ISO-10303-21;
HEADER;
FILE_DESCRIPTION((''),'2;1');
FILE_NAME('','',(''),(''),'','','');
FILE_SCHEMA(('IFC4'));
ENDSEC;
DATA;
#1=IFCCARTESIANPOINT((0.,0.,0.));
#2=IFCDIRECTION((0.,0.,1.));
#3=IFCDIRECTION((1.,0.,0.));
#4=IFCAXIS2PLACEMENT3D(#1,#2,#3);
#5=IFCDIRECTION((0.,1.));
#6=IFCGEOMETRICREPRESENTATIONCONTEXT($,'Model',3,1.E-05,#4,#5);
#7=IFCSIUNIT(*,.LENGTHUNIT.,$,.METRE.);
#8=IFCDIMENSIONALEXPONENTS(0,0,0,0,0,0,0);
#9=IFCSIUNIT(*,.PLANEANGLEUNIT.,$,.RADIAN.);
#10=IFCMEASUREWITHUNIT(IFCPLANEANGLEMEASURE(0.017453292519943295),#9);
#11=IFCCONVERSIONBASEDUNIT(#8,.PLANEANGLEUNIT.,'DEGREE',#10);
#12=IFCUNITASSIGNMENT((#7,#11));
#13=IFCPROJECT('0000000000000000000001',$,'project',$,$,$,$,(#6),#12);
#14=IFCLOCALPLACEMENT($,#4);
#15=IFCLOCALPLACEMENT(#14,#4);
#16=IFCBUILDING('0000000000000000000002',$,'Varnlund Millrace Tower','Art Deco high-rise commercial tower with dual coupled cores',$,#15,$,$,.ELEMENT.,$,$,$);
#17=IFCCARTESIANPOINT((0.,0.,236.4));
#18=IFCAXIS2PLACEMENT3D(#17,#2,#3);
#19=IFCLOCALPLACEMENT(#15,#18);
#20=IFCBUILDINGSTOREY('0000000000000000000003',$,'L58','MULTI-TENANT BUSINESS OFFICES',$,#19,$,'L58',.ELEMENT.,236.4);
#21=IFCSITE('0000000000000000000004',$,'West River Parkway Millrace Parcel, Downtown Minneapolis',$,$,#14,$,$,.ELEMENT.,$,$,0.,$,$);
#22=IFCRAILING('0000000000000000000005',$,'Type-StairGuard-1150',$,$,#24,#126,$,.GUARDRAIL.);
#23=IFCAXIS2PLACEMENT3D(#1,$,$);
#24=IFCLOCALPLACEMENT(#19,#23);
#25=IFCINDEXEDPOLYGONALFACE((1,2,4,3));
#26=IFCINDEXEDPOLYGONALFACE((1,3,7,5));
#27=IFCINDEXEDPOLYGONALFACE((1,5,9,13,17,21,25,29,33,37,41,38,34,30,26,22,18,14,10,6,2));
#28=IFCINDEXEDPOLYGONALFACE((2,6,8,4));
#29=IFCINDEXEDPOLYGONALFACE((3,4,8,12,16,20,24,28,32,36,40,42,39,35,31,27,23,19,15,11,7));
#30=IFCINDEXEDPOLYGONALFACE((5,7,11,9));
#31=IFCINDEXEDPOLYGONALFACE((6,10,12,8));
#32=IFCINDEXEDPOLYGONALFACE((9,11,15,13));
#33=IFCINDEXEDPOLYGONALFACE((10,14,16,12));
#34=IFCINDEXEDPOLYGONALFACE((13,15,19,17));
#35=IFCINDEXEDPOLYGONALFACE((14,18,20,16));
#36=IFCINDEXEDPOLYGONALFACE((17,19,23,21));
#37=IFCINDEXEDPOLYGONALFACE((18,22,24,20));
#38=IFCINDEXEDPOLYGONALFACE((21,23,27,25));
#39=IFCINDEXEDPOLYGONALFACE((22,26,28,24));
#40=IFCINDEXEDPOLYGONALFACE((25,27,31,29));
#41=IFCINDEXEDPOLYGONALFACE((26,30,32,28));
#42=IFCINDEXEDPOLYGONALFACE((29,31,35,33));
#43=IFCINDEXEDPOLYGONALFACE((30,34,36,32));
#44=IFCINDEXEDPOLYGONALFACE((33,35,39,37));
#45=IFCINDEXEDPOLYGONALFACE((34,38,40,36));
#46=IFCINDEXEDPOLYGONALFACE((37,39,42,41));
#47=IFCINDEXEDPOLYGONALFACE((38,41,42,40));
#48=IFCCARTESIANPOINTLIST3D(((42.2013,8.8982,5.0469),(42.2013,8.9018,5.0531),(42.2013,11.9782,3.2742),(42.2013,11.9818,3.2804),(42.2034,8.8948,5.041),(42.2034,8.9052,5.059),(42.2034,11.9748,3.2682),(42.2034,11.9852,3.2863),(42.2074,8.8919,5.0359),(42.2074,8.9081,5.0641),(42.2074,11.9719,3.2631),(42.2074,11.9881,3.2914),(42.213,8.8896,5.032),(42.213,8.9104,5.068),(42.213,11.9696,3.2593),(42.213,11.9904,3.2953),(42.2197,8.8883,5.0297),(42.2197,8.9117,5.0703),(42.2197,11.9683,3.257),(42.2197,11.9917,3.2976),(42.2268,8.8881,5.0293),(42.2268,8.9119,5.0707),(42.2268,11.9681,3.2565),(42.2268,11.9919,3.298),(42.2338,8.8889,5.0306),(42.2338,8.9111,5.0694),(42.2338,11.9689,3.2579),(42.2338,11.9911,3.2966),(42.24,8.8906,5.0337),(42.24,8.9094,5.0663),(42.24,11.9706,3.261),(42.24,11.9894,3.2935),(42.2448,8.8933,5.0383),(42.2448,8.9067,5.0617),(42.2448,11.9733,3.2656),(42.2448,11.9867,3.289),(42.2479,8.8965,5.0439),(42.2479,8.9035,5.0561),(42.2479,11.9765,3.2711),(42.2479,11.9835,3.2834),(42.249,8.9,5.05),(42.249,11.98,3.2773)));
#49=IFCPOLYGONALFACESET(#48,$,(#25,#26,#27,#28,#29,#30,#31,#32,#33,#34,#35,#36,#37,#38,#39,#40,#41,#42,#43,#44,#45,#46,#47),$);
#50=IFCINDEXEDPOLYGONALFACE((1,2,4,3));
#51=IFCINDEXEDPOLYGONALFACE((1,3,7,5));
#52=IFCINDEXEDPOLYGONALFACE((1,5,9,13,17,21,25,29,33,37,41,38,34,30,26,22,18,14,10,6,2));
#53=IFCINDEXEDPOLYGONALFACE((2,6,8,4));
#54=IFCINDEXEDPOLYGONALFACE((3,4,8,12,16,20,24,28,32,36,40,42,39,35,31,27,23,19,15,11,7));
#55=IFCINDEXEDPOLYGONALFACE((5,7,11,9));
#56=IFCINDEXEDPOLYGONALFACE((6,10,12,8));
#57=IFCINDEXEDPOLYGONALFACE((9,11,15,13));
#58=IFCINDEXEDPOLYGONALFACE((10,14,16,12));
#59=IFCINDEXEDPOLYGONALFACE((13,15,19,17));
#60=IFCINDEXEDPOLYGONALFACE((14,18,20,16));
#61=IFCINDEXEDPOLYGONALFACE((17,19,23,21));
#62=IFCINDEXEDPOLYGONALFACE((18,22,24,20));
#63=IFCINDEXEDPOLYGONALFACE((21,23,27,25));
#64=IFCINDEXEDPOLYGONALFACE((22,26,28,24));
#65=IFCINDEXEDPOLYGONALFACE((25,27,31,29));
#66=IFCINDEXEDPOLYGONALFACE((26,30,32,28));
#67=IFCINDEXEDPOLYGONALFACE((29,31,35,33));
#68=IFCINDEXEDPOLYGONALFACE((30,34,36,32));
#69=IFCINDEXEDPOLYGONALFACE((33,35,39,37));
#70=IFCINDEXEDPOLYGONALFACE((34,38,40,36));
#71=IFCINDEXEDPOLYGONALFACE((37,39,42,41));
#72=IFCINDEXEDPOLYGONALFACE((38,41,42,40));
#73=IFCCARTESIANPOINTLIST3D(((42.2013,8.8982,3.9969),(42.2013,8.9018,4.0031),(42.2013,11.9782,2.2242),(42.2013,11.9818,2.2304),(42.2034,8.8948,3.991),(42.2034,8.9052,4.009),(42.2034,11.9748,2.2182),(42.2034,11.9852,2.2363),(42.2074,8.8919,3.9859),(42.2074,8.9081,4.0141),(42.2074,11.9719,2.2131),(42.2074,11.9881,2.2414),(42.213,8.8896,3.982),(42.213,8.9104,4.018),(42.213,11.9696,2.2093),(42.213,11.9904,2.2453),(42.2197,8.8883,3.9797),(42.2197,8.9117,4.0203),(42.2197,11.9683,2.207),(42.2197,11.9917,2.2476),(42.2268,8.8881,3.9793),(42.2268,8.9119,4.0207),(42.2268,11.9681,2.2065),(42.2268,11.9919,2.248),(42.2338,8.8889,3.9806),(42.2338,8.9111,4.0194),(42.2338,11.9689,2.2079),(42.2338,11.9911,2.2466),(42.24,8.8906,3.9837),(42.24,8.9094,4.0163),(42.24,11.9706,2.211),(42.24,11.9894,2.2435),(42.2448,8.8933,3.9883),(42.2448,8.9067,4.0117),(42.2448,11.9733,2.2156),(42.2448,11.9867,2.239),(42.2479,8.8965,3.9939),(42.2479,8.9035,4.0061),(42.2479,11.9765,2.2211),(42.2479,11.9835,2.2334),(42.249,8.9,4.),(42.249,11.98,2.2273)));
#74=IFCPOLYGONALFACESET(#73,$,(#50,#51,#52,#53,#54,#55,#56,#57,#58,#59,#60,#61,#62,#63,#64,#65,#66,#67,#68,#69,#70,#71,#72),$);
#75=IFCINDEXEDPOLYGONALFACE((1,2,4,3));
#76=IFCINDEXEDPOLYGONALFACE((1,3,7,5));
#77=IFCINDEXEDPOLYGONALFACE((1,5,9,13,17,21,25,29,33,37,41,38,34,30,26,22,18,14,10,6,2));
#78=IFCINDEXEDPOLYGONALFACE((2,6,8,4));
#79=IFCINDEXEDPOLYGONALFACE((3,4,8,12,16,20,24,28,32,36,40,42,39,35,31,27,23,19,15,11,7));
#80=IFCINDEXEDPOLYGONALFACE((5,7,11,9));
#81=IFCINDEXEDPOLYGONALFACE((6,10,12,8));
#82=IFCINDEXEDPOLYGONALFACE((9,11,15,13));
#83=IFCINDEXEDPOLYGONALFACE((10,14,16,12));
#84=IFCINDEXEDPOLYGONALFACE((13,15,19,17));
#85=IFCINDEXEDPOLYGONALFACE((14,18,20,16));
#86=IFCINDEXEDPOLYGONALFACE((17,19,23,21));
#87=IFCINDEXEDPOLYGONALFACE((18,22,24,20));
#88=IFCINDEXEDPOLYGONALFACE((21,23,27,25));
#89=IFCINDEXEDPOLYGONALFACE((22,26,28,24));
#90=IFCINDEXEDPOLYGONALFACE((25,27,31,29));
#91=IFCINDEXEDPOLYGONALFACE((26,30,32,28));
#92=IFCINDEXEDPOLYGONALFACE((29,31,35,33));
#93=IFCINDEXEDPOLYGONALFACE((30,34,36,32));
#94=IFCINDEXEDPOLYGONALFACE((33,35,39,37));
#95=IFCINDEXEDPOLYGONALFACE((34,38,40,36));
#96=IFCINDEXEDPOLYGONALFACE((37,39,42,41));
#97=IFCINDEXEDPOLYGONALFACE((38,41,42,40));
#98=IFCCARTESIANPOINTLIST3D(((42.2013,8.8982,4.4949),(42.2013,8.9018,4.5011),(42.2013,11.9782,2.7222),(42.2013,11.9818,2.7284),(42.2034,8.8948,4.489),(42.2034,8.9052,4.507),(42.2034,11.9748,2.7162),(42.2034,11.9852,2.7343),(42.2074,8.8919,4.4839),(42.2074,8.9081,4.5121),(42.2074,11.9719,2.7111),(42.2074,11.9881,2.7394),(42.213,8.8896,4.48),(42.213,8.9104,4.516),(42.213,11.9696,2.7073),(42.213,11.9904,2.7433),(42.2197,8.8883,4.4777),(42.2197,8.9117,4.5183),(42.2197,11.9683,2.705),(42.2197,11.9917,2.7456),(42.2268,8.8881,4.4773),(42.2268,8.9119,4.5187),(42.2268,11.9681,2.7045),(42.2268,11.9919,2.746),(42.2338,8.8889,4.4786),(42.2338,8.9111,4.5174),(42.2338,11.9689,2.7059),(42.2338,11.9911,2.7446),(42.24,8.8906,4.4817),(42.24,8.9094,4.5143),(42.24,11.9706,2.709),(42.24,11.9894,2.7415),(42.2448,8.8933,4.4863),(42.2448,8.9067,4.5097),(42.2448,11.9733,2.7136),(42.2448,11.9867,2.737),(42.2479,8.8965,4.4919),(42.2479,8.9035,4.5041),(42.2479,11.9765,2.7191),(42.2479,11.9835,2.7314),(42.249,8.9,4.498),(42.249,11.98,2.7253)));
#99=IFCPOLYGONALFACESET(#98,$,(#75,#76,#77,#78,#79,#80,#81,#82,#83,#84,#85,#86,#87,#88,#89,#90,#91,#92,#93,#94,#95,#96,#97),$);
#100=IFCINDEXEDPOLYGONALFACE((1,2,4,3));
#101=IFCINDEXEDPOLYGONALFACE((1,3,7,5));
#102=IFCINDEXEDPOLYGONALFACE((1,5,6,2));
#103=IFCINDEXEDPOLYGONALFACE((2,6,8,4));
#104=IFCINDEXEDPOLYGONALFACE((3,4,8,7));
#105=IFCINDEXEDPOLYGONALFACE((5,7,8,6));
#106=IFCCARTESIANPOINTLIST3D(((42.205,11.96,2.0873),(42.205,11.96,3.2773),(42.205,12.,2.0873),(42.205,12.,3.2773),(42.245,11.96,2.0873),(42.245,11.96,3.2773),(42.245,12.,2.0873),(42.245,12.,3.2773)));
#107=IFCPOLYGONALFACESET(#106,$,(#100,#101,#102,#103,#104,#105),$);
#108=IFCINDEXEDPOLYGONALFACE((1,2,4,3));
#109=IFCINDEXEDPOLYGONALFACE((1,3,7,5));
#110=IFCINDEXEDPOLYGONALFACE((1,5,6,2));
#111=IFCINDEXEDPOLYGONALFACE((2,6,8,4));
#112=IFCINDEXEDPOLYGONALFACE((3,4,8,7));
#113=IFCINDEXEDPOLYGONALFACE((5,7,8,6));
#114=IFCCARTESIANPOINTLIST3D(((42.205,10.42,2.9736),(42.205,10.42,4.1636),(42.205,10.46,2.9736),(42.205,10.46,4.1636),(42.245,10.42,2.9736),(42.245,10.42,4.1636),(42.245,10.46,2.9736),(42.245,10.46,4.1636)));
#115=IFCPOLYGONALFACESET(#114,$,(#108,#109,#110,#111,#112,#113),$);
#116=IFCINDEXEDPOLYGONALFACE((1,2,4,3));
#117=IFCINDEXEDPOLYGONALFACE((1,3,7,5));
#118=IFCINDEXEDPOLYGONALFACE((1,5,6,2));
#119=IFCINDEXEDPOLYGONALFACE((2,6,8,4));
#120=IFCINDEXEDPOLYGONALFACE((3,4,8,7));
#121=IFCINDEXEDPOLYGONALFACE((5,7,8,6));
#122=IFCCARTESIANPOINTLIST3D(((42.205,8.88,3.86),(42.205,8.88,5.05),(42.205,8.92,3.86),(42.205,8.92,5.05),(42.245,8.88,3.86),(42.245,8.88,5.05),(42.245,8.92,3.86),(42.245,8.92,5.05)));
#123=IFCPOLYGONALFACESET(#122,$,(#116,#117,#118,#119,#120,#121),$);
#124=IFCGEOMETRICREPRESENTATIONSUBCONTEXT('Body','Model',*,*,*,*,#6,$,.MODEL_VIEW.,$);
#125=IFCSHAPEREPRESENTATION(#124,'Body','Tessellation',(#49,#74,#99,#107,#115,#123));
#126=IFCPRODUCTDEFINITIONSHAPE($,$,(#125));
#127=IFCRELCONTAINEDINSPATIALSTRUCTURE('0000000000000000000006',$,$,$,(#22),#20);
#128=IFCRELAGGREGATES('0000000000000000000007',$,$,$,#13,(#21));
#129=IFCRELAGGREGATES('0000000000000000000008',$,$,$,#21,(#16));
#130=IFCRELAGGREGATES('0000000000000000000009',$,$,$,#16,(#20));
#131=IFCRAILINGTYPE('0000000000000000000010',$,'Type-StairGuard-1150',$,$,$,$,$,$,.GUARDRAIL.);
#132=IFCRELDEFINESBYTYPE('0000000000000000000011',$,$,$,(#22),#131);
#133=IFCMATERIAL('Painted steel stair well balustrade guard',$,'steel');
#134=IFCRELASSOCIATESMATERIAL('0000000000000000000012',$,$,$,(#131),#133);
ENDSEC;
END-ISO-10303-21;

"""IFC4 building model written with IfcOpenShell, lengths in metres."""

from ifc_helpers import new_model, entity, si_unit, converted_unit, direction, frame, origin_with_axes, origin_2d_with_axis, place, context, subcontext, project, spatial, rectangle, circle, extrude, material, type_object, element, save


model = new_model("IFC4")

# Units and contexts
model_context = context("Model", 3, precision=1e-05, world=origin_with_axes(), true_north=direction((0.0, 1.0)))
body_context = subcontext(model_context, "Body", "Model", "MODEL_VIEW")
ifc_project = project(units=[si_unit("LENGTHUNIT", "METRE"), converted_unit("PLANEANGLEUNIT", "DEGREE", entity("IfcPlaneAngleMeasure", 0.017453292519943295), si_unit("PLANEANGLEUNIT", "RADIAN"), dimensions=[0, 0, 0, 0, 0, 0, 0])], contexts=[model_context])

# Site, building, storey
site_placement = place(None, origin_with_axes())
site = spatial("IfcSite", under=ifc_project, at=site_placement, Name="West River Parkway Millrace Parcel, Downtown Minneapolis", CompositionType="ELEMENT", RefElevation=0.0)
building_placement = place(site_placement, origin_with_axes())
building = spatial("IfcBuilding", under=site, at=building_placement, Name="Varnlund Millrace Tower", Description="Art Deco high-rise commercial tower with dual coupled cores", CompositionType="ELEMENT")
storey_placement = place(building_placement, frame((0.0, 0.0, 236.4), z_axis=(0.0, 0.0, 1.0), x_axis=(1.0, 0.0, 0.0)))
storey = spatial("IfcBuildingStorey", under=building, at=storey_placement, Name="L58", Description="MULTI-TENANT BUSINESS OFFICES", LongName="L58", CompositionType="ELEMENT", Elevation=236.4)

# Railing
ifc_material_1 = material(Name="Painted steel stair well balustrade guard", Category="steel")
railing_type_1 = type_object("IfcRailingType", Name="Type-StairGuard-1150", PredefinedType="GUARDRAIL", material=ifc_material_1)
railing_1_placement = place(storey_placement, frame((0.0, 0.0, -236.4), z_axis=(0.0, 0.0, 1.0), x_axis=(1.0, 0.0, 0.0)))
element("IfcRailing", 1, at=railing_1_placement, inside=storey, type_object=railing_type_1, Name="Type-StairGuard-1150", PredefinedType="GUARDRAIL", context=body_context, shape_type="SweptSolid", body=[
    extrude(circle(Radius=0.024, at=origin_2d_with_axis()), frame((42.225, 11.98, 239.6773), z_axis=(0.0, -0.866696, 0.498836), x_axis=(1.0, 0.0, 0.0)), (0.0, 0.0, 1.0), 3.5537),
    extrude(circle(Radius=0.024, at=origin_2d_with_axis()), frame((42.225, 11.98, 238.6273), z_axis=(0.0, -0.866696, 0.498836), x_axis=(1.0, 0.0, 0.0)), (0.0, 0.0, 1.0), 3.5537),
    extrude(circle(Radius=0.024, at=origin_2d_with_axis()), frame((42.225, 11.98, 239.1253), z_axis=(0.0, -0.866696, 0.498836), x_axis=(1.0, 0.0, 0.0)), (0.0, 0.0, 1.0), 3.5537),
    extrude(rectangle(XDim=0.04, YDim=0.04, at=origin_2d_with_axis()), frame((42.225, 11.98, 238.4873), z_axis=(0.0, 0.0, 1.0), x_axis=(1.0, 0.0, 0.0)), (0.0, 0.0, 1.0), 1.19),
    extrude(rectangle(XDim=0.04, YDim=0.04, at=origin_2d_with_axis()), frame((42.225, 10.44, 239.3736), z_axis=(0.0, 0.0, 1.0), x_axis=(1.0, 0.0, 0.0)), (0.0, 0.0, 1.0), 1.19),
    extrude(rectangle(XDim=0.04, YDim=0.04, at=origin_2d_with_axis()), frame((42.225, 8.9, 240.26), z_axis=(0.0, 0.0, 1.0), x_axis=(1.0, 0.0, 0.0)), (0.0, 0.0, 1.0), 1.19),
])

save(model, "model.ifc")
